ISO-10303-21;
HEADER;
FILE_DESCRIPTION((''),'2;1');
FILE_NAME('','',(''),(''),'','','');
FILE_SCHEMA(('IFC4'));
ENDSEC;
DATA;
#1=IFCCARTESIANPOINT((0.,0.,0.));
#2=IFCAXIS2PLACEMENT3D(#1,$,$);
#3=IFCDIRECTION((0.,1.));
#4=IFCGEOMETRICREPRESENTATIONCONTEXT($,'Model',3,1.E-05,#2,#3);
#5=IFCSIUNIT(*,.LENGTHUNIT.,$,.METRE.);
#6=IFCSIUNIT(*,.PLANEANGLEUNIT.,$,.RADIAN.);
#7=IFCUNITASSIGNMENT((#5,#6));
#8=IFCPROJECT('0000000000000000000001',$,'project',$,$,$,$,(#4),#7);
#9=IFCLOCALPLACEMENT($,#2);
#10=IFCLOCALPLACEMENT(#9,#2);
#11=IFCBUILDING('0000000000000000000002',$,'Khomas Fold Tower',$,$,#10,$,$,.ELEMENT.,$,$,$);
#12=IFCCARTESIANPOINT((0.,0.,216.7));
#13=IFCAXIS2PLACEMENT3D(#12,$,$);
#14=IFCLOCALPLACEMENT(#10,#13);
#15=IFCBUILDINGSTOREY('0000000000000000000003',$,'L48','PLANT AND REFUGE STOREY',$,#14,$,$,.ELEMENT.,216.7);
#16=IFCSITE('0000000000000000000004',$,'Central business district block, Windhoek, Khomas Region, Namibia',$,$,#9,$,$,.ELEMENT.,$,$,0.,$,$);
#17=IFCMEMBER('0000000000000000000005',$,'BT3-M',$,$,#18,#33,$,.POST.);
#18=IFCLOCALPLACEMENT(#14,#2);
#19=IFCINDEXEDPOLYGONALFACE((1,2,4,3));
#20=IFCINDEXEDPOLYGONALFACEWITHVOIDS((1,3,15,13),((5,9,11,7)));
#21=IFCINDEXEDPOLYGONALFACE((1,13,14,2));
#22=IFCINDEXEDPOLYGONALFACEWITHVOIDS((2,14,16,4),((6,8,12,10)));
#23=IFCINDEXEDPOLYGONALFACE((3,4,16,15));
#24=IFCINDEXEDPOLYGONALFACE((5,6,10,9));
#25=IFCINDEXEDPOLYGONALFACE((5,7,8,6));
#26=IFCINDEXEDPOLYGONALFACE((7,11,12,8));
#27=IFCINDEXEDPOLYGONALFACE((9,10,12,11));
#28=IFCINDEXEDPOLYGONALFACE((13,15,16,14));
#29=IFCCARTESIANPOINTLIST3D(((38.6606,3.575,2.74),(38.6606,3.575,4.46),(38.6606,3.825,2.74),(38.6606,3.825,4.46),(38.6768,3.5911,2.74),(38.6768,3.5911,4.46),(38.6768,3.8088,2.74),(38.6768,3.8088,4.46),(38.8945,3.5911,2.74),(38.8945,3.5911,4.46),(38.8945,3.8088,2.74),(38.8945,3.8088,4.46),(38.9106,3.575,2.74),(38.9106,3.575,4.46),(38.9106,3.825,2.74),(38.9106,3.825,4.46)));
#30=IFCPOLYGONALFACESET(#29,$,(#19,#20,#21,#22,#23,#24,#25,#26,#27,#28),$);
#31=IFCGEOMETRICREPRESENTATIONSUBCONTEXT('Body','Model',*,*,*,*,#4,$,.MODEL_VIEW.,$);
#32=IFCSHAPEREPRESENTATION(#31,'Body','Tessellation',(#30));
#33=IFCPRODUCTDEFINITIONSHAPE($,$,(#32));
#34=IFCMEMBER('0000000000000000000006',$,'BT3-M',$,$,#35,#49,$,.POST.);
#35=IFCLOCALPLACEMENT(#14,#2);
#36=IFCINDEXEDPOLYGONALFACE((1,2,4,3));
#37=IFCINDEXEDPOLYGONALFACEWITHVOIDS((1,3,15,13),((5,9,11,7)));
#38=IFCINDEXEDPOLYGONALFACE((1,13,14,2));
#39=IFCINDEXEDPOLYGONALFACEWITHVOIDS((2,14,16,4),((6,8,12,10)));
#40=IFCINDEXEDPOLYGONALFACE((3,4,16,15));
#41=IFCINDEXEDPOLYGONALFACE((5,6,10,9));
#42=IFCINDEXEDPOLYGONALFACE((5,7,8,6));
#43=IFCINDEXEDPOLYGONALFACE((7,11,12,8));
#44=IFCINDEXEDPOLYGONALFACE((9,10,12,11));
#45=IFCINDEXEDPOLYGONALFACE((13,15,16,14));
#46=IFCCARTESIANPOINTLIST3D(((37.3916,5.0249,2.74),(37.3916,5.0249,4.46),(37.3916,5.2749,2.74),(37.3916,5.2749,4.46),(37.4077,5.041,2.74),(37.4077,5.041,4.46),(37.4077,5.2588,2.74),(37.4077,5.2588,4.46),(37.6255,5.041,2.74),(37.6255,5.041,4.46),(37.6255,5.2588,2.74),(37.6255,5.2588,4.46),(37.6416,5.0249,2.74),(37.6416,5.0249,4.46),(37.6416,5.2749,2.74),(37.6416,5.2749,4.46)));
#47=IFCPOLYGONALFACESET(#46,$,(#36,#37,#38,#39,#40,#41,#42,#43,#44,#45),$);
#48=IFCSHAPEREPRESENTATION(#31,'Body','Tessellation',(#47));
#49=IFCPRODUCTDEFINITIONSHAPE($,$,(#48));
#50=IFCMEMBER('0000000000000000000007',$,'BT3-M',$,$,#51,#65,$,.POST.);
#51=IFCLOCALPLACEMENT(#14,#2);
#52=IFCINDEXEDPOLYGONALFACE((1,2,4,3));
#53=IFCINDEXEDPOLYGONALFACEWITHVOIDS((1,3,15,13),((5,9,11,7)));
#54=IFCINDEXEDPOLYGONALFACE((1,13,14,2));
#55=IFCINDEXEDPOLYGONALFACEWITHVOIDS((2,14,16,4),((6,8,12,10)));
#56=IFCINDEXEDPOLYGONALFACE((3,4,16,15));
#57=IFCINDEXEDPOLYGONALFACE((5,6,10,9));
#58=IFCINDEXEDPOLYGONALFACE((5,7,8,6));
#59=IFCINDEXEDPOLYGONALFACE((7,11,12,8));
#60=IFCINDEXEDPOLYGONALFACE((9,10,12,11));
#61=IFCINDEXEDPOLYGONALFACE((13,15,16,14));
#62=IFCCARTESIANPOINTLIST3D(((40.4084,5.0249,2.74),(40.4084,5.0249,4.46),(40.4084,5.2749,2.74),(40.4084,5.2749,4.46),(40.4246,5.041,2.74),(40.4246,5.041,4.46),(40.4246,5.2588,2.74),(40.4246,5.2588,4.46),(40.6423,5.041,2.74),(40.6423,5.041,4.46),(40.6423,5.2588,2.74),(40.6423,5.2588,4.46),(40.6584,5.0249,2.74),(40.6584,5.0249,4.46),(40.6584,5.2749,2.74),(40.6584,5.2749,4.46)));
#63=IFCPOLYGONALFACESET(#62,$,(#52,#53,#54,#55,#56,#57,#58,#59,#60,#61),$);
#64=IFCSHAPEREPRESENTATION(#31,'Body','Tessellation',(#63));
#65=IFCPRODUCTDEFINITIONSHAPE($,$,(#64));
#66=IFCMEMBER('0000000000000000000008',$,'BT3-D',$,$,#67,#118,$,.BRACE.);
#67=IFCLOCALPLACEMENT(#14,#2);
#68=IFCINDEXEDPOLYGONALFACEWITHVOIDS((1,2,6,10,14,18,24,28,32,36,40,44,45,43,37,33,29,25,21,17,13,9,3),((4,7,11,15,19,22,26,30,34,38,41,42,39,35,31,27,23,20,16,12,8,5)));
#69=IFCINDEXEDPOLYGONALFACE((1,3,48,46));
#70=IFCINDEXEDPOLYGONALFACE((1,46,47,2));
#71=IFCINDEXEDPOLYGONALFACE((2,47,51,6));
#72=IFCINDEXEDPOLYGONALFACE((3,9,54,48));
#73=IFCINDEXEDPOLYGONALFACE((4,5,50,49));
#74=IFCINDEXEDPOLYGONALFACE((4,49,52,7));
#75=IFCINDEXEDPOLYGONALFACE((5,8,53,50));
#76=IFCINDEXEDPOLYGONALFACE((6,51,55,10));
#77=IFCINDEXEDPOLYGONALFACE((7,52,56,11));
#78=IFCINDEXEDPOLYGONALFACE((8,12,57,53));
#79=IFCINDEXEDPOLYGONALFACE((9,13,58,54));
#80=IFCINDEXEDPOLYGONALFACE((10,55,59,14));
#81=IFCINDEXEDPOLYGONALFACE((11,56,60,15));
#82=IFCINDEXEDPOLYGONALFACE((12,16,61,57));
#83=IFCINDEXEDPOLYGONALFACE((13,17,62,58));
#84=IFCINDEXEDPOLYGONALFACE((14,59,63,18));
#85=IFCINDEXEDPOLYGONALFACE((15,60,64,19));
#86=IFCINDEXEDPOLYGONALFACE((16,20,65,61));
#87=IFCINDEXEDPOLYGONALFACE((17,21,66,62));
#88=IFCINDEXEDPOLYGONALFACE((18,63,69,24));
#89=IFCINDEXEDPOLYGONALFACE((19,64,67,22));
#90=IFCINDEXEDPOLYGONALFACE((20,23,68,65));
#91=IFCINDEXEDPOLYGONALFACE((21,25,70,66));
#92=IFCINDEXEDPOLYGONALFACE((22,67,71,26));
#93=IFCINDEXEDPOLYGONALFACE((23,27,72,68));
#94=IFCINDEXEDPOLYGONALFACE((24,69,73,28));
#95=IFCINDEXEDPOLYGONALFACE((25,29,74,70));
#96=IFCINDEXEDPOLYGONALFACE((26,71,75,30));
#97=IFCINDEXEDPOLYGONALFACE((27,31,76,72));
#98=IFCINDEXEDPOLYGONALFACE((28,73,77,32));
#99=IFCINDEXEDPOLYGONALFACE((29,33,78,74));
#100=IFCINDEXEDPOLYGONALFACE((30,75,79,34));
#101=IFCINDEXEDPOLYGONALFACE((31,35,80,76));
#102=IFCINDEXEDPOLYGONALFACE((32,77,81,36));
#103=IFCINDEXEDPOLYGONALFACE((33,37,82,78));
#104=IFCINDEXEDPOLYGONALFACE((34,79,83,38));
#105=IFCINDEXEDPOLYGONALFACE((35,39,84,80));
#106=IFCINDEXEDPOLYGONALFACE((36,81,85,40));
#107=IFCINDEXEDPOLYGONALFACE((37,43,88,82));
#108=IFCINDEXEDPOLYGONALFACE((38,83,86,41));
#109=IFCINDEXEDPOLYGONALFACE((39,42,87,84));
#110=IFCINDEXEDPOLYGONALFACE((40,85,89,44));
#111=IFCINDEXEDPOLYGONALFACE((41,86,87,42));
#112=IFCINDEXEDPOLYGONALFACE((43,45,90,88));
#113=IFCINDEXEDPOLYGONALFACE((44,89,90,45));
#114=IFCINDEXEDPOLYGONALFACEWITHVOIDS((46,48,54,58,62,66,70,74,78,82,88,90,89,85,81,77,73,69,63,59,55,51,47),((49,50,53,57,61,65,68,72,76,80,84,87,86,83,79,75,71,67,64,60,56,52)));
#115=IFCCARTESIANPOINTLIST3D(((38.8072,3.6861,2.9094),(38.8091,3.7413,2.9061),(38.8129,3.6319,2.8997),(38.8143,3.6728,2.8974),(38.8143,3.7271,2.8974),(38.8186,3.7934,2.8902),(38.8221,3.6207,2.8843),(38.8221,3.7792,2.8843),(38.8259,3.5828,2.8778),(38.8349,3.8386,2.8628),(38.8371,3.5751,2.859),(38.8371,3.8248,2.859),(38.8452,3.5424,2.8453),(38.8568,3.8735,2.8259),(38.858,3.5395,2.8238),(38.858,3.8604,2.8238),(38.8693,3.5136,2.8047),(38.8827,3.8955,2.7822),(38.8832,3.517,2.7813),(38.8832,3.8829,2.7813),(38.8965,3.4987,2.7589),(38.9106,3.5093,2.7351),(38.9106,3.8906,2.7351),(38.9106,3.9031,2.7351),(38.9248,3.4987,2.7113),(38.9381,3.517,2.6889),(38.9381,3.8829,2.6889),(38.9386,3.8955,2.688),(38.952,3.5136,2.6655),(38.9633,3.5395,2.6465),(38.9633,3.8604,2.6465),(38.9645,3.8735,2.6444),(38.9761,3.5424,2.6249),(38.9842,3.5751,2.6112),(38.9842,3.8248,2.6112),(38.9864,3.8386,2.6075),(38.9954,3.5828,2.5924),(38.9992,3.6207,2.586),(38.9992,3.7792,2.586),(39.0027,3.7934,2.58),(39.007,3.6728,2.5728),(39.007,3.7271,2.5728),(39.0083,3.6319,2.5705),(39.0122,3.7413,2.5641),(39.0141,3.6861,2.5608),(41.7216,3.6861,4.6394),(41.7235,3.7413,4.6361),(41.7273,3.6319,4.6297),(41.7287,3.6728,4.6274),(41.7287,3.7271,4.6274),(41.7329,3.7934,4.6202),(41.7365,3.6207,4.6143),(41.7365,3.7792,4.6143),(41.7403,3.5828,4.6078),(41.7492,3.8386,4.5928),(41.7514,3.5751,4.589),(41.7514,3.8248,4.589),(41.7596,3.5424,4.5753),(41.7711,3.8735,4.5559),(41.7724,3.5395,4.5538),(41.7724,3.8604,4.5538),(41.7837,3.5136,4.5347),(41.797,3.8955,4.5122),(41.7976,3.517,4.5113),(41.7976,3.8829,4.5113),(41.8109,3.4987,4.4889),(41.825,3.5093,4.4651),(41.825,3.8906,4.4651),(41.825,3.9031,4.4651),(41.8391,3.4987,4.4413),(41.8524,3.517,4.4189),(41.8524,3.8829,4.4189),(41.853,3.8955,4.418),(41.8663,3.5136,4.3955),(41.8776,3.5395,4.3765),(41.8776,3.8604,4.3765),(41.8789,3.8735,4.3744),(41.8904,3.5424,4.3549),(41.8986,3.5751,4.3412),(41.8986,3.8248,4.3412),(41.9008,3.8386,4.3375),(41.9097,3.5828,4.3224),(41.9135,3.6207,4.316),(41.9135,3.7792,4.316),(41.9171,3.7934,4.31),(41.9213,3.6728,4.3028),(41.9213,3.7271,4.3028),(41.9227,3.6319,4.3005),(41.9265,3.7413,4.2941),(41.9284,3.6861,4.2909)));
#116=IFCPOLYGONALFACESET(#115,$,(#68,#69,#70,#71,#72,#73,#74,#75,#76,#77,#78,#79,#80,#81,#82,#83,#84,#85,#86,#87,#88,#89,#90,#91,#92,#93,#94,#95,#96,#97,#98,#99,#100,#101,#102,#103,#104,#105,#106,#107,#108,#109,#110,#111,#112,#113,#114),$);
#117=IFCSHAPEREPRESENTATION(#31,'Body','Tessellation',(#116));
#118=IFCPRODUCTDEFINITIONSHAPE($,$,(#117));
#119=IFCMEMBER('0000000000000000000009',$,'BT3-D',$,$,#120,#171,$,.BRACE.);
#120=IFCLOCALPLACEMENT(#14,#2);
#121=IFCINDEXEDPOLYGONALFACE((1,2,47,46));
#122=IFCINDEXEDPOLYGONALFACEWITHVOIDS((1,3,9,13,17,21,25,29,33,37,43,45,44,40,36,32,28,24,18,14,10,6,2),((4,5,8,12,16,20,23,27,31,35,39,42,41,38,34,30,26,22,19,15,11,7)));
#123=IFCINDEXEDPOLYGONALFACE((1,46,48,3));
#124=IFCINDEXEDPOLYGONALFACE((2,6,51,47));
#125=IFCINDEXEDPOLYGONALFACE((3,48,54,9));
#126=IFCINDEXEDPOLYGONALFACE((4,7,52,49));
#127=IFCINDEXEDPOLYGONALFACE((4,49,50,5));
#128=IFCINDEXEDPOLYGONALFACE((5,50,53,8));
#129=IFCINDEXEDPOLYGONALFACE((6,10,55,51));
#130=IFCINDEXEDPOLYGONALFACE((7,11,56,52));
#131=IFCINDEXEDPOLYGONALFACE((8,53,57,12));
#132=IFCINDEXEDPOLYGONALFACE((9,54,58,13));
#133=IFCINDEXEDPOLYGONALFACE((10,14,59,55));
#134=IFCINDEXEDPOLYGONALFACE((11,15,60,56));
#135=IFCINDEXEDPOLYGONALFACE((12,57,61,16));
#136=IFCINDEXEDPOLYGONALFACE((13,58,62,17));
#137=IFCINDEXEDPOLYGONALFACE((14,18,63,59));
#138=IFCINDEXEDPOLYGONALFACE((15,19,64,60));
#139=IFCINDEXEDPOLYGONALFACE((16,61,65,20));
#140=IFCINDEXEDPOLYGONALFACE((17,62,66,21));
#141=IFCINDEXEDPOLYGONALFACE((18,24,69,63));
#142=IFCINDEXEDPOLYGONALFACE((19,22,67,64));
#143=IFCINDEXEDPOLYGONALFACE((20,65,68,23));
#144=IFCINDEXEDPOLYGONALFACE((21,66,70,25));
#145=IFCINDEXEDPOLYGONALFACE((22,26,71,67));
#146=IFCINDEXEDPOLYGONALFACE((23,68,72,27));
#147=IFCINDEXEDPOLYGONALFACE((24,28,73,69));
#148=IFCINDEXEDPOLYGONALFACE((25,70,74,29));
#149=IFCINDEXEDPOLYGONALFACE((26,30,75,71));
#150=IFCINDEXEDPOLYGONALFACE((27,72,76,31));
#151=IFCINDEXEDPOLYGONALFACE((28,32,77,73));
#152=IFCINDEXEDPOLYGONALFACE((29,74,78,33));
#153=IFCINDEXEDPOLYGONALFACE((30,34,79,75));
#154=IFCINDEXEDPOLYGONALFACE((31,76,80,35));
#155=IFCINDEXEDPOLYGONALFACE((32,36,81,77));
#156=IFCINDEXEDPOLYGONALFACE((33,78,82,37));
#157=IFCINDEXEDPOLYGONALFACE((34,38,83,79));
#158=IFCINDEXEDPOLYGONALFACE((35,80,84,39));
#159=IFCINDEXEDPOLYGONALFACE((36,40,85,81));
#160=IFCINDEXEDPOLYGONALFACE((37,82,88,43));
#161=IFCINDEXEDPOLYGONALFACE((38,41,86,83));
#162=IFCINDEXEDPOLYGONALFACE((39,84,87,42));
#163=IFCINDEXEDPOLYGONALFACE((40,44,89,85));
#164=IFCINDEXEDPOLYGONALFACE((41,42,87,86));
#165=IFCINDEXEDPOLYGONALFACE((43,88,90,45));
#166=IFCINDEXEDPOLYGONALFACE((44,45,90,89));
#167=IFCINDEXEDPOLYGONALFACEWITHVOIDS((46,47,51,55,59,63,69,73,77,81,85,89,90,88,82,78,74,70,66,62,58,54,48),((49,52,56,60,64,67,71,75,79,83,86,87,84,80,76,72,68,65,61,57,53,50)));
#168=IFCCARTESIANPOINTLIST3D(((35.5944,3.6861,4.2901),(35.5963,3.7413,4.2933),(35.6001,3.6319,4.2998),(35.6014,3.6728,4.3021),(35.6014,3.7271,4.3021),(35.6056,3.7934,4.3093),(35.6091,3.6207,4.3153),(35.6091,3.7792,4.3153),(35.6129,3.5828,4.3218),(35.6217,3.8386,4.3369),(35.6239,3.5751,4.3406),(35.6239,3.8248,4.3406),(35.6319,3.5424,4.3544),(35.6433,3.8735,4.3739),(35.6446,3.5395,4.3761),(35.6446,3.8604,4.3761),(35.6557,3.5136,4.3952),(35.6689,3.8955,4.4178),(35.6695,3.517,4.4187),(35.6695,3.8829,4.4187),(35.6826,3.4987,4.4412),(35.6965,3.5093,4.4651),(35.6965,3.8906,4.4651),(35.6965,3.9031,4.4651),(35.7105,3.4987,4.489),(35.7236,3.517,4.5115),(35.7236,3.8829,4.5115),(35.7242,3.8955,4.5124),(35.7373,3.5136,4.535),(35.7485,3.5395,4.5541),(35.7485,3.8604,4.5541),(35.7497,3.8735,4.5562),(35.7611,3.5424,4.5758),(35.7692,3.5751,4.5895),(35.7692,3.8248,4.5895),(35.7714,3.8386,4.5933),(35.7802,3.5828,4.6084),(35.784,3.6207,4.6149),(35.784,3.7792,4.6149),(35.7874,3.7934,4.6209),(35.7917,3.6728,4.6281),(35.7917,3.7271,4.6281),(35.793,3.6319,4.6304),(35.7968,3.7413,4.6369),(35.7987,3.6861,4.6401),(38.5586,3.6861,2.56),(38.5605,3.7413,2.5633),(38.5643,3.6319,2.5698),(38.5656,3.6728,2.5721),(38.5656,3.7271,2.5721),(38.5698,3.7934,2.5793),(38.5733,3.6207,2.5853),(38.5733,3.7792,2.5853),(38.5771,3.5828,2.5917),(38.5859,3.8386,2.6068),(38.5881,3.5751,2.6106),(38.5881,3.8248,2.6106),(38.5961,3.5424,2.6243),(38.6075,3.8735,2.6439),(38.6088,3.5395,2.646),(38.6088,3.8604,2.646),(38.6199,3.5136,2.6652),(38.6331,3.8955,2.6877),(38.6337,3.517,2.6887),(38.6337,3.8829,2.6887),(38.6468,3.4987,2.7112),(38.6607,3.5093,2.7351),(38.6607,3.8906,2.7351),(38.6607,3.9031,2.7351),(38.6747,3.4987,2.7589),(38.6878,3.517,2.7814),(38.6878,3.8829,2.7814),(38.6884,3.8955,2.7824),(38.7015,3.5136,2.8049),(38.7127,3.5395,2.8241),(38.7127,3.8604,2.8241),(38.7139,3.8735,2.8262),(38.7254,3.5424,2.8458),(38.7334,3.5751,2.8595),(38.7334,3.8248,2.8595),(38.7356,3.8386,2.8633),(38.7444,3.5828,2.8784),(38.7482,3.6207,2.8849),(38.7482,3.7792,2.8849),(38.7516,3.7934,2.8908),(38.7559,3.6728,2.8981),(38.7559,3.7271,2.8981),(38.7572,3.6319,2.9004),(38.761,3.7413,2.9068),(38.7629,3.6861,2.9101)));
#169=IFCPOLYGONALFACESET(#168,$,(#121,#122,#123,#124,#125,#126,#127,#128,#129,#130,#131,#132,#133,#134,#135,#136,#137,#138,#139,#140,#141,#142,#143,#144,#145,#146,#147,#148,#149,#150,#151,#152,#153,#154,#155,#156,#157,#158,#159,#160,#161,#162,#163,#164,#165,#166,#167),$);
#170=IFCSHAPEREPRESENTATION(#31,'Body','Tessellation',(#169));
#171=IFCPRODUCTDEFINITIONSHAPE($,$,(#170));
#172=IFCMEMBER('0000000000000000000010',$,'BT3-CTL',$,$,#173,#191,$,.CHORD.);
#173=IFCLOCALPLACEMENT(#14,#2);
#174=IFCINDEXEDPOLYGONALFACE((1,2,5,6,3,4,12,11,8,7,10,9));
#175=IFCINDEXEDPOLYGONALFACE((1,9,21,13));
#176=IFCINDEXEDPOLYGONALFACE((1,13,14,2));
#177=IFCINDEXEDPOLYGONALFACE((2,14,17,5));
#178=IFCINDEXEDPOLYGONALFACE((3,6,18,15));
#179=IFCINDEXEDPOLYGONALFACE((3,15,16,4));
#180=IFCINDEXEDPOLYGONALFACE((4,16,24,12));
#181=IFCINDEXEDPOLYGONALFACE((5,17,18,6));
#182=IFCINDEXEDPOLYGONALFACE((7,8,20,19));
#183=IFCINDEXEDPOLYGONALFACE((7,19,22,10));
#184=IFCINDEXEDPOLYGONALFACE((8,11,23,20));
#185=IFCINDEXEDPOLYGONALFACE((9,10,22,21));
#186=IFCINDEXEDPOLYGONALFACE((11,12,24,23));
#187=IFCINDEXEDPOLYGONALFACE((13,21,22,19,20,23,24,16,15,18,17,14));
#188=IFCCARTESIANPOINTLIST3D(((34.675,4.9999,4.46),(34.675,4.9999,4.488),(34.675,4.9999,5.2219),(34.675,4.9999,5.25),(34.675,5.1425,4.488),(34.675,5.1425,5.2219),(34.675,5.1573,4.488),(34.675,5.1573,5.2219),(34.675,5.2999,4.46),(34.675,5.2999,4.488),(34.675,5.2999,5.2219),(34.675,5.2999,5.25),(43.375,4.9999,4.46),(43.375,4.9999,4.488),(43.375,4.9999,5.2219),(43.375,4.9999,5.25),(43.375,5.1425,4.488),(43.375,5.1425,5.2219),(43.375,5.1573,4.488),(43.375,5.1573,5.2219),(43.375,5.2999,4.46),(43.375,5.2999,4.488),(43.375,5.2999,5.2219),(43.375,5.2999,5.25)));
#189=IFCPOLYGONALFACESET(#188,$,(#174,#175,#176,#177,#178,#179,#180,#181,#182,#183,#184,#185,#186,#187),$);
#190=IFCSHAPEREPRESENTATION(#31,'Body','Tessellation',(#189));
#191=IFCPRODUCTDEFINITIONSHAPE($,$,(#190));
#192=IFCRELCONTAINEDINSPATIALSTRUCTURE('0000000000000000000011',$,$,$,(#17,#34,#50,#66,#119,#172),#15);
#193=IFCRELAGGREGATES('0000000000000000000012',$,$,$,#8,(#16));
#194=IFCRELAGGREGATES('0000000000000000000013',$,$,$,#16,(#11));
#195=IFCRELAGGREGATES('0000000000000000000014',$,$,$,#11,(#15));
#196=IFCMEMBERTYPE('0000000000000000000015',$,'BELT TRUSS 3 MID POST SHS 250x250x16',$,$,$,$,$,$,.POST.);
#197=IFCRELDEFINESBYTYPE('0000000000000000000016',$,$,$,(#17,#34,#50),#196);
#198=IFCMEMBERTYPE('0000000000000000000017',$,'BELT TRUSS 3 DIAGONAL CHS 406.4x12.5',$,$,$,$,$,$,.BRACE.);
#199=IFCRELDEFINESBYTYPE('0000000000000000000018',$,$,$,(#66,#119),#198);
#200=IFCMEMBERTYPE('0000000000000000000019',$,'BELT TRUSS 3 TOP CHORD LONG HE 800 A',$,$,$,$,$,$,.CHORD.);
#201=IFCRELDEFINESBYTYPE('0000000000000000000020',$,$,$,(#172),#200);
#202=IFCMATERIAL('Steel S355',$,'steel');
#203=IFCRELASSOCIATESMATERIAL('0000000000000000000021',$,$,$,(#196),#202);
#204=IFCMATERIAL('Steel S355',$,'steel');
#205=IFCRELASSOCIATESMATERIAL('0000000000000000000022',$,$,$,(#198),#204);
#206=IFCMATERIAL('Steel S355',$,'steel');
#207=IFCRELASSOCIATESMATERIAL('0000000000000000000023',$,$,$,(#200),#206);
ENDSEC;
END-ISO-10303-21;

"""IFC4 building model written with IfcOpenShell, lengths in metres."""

from ifc_helpers import new_model, si_unit, direction, frame, origin, origin_2d, place, context, subcontext, project, spatial, hollow_rectangle, hollow_circle, i_section, extrude, source, transform, mapped, material, material_profile, profile_set, type_object, element, save


model = new_model("IFC4")

# Units and contexts
model_context = context("Model", 3, precision=1e-05, world=origin(), true_north=direction((0.0, 1.0)))
body_context = subcontext(model_context, "Body", "Model", "MODEL_VIEW")
ifc_project = project(units=[si_unit("LENGTHUNIT", "METRE"), si_unit("PLANEANGLEUNIT", "RADIAN")], contexts=[model_context])

# Site, building, storey
site_placement = place(None, origin())
site = spatial("IfcSite", under=ifc_project, at=site_placement, Name="Central business district block, Windhoek, Khomas Region, Namibia", CompositionType="ELEMENT", RefElevation=0.0)
building_placement = place(site_placement, origin())
building = spatial("IfcBuilding", under=site, at=building_placement, Name="Khomas Fold Tower", CompositionType="ELEMENT")
storey_placement = place(building_placement, frame((0.0, 0.0, 216.7)))
storey = spatial("IfcBuildingStorey", under=building, at=storey_placement, Name="L48", Description="PLANT AND REFUGE STOREY", CompositionType="ELEMENT", Elevation=216.7)

# Members
ifc_material_1 = material(Name="Steel S355", Category="steel")
ifc_material_profile_1 = material_profile(ifc_material_1, hollow_rectangle(XDim=0.25, YDim=0.25, WallThickness=0.0161, at=origin_2d()), Name="SHS 250x250x16")
ifc_profile_set_1 = profile_set([ifc_material_profile_1], Name="Steel S355")
member_type_1 = type_object("IfcMemberType", Name="BELT TRUSS 3 MID POST SHS 250x250x16", PredefinedType="POST", material=ifc_profile_set_1)
shared_shape_1 = source(origin(), body_context, "Body", "SweptSolid", [
    extrude(hollow_rectangle(XDim=0.25, YDim=0.25, WallThickness=0.0161, at=origin_2d()), origin(), (0.0, 0.0, 1.0), 1.72),
])
for number, where, z_axis, x_axis, name in (
    (1, (38.7856, 3.7, 2.74), (0.0, 0.0, 1.0), (1.0, 0.0, 0.0), "BT3-M"),
    (2, (37.5166, 5.1499, 2.74), (0.0, 0.0, 1.0), (1.0, 0.0, 0.0), "BT3-M"),
    (3, (40.5334, 5.1499, 2.74), (0.0, 0.0, 1.0), (1.0, 0.0, 0.0), "BT3-M"),
):
    element("IfcMember", number, at=place(storey_placement, frame(where, z_axis=z_axis, x_axis=x_axis)), inside=storey, type_object=member_type_1, Name=name, PredefinedType="POST", context=body_context, shape_type="MappedRepresentation", body=[
        mapped(shared_shape_1, transform((0.0, 0.0, 0.0))),
    ])
ifc_material_2 = material(Name="Steel S355", Category="steel")
ifc_material_profile_2 = material_profile(ifc_material_2, hollow_circle(Radius=0.2031, WallThickness=0.0125, at=origin_2d()), Name="CHS 406.4x12.5")
ifc_profile_set_2 = profile_set([ifc_material_profile_2], Name="Steel S355")
member_type_2 = type_object("IfcMemberType", Name="BELT TRUSS 3 DIAGONAL CHS 406.4x12.5", PredefinedType="BRACE", material=ifc_profile_set_2)
shared_shape_2 = source(origin(), body_context, "Body", "SweptSolid", [
    extrude(hollow_circle(Radius=0.2031, WallThickness=0.0125, at=origin_2d()), origin(), (0.0, 0.0, 1.0), 3.3892),
])
member_1_placement = place(storey_placement, frame((38.9106, 3.7, 2.7351), z_axis=(0.859905, 0.0, 0.510454), x_axis=(0.0, 1.0, 0.0)))
element("IfcMember", 4, at=member_1_placement, inside=storey, type_object=member_type_2, Name="BT3-D", PredefinedType="BRACE", context=body_context, shape_type="MappedRepresentation", body=[
    mapped(shared_shape_2, transform((0.0, 0.0, 0.0))),
])
shared_shape_3 = source(origin(), body_context, "Body", "SweptSolid", [
    extrude(hollow_circle(Radius=0.2031, WallThickness=0.0125, at=origin_2d()), origin(), (0.0, 0.0, 1.0), 3.4321),
])
member_2_placement = place(storey_placement, frame((35.6965, 3.7, 4.4651), z_axis=(0.863663, 0.0, -0.50407), x_axis=(0.0, 1.0, 0.0)))
element("IfcMember", 5, at=member_2_placement, inside=storey, type_object=member_type_2, Name="BT3-D", PredefinedType="BRACE", context=body_context, shape_type="MappedRepresentation", body=[
    mapped(shared_shape_3, transform((0.0, 0.0, 0.0))),
])
ifc_material_3 = material(Name="Steel S355", Category="steel")
ifc_material_profile_3 = material_profile(ifc_material_3, i_section(OverallWidth=0.3, OverallDepth=0.79, WebThickness=0.0149, FlangeThickness=0.0281, at=origin_2d()), Name="HE 800 A")
ifc_profile_set_3 = profile_set([ifc_material_profile_3], Name="Steel S355")
member_type_3 = type_object("IfcMemberType", Name="BELT TRUSS 3 TOP CHORD LONG HE 800 A", PredefinedType="CHORD", material=ifc_profile_set_3)
shared_shape_4 = source(origin(), body_context, "Body", "SweptSolid", [
    extrude(i_section(OverallWidth=0.3, OverallDepth=0.79, WebThickness=0.0149, FlangeThickness=0.0281, at=origin_2d()), origin(), (0.0, 0.0, 1.0), 8.7),
])
member_3_placement = place(storey_placement, frame((34.675, 5.1499, 4.855), z_axis=(1.0, 0.0, 0.0), x_axis=(0.0, 1.0, 0.0)))
element("IfcMember", 6, at=member_3_placement, inside=storey, type_object=member_type_3, Name="BT3-CTL", PredefinedType="CHORD", context=body_context, shape_type="MappedRepresentation", body=[
    mapped(shared_shape_4, transform((0.0, 0.0, 0.0))),
])

save(model, "model.ifc")
